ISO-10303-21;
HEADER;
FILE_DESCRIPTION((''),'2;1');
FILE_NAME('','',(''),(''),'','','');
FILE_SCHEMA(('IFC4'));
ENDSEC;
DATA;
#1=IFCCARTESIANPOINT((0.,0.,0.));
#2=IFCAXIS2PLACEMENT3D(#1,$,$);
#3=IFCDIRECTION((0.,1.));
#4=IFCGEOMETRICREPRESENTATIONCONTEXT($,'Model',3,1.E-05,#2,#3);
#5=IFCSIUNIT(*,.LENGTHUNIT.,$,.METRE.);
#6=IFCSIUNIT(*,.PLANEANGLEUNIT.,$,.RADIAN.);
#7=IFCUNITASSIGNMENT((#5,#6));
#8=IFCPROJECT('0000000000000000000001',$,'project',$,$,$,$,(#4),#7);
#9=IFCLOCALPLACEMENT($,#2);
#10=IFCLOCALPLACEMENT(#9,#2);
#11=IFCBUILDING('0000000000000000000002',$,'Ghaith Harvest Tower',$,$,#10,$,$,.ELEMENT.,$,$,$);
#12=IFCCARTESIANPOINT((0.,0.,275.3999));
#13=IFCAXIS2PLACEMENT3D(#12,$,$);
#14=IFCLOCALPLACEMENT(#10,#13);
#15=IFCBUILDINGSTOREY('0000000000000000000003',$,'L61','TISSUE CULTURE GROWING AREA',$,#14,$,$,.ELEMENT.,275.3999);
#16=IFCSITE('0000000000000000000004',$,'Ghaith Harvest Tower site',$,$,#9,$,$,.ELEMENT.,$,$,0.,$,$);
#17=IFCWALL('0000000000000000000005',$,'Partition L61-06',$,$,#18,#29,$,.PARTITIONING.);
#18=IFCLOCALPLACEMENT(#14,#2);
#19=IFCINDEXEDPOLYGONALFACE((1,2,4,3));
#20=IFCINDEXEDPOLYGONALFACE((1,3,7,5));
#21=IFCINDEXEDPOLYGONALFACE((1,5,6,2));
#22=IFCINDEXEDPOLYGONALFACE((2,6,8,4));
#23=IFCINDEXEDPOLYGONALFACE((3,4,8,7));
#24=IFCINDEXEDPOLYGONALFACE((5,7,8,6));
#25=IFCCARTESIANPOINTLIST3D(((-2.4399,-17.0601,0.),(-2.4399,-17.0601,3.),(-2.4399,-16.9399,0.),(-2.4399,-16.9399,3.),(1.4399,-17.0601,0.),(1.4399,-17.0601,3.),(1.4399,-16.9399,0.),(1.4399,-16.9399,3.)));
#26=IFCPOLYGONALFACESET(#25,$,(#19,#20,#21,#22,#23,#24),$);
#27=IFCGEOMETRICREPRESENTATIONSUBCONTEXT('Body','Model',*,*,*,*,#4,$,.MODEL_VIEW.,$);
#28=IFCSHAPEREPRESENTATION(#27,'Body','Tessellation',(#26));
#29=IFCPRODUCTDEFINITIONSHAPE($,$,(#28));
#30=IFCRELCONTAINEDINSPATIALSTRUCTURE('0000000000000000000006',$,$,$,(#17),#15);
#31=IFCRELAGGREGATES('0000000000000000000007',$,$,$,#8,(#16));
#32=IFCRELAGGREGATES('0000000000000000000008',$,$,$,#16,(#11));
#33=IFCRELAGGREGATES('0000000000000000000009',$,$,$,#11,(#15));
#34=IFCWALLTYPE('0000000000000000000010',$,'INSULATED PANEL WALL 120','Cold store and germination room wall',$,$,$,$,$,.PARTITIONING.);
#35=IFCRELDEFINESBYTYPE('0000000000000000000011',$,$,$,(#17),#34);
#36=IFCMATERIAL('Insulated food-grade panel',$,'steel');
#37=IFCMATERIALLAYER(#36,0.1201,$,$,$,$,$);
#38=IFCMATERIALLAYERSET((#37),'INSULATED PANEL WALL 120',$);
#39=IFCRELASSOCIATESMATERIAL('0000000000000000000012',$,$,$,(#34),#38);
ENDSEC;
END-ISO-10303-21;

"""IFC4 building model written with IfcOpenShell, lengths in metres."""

from ifc_helpers import new_model, si_unit, direction, frame, frame_2d, origin, place, context, subcontext, project, spatial, rectangle, extrude, material, layer, layer_set, type_object, element, save


model = new_model("IFC4")

# Units and contexts
model_context = context("Model", 3, precision=1e-05, world=origin(), true_north=direction((0.0, 1.0)))
body_context = subcontext(model_context, "Body", "Model", "MODEL_VIEW")
ifc_project = project(units=[si_unit("LENGTHUNIT", "METRE"), si_unit("PLANEANGLEUNIT", "RADIAN")], contexts=[model_context])

# Site, building, storey
site_placement = place(None, origin())
site = spatial("IfcSite", under=ifc_project, at=site_placement, Name="Ghaith Harvest Tower site", CompositionType="ELEMENT", RefElevation=0.0)
building_placement = place(site_placement, origin())
building = spatial("IfcBuilding", under=site, at=building_placement, Name="Ghaith Harvest Tower", CompositionType="ELEMENT")
storey_placement = place(building_placement, frame((0.0, 0.0, 275.3999)))
storey = spatial("IfcBuildingStorey", under=building, at=storey_placement, Name="L61", Description="TISSUE CULTURE GROWING AREA", CompositionType="ELEMENT", Elevation=275.3999)

# Shared definitions
ifc_material_1 = material(Name="Insulated food-grade panel", Category="steel")
ifc_layer_1 = layer(ifc_material_1, 0.1201)
ifc_layer_set_1 = layer_set([ifc_layer_1], Name="INSULATED PANEL WALL 120")
wall_type = type_object("IfcWallType", Name="INSULATED PANEL WALL 120", Description="Cold store and germination room wall", PredefinedType="PARTITIONING", material=ifc_layer_set_1)

# Wall
wall_1_placement = place(storey_placement, frame((-2.4399, -17.0, 0.0), z_axis=(0.0, 0.0, 1.0), x_axis=(1.0, 0.0, 0.0)))
element("IfcWall", 1, at=wall_1_placement, inside=storey, type_object=wall_type, Name="Partition L61-06", PredefinedType="PARTITIONING", context=body_context, shape_type="SweptSolid", body=[
    extrude(rectangle(XDim=3.8799, YDim=0.1201, at=frame_2d((1.9399, 0.0))), origin(), (0.0, 0.0, 1.0), 3.0),
])

save(model, "model.ifc")
